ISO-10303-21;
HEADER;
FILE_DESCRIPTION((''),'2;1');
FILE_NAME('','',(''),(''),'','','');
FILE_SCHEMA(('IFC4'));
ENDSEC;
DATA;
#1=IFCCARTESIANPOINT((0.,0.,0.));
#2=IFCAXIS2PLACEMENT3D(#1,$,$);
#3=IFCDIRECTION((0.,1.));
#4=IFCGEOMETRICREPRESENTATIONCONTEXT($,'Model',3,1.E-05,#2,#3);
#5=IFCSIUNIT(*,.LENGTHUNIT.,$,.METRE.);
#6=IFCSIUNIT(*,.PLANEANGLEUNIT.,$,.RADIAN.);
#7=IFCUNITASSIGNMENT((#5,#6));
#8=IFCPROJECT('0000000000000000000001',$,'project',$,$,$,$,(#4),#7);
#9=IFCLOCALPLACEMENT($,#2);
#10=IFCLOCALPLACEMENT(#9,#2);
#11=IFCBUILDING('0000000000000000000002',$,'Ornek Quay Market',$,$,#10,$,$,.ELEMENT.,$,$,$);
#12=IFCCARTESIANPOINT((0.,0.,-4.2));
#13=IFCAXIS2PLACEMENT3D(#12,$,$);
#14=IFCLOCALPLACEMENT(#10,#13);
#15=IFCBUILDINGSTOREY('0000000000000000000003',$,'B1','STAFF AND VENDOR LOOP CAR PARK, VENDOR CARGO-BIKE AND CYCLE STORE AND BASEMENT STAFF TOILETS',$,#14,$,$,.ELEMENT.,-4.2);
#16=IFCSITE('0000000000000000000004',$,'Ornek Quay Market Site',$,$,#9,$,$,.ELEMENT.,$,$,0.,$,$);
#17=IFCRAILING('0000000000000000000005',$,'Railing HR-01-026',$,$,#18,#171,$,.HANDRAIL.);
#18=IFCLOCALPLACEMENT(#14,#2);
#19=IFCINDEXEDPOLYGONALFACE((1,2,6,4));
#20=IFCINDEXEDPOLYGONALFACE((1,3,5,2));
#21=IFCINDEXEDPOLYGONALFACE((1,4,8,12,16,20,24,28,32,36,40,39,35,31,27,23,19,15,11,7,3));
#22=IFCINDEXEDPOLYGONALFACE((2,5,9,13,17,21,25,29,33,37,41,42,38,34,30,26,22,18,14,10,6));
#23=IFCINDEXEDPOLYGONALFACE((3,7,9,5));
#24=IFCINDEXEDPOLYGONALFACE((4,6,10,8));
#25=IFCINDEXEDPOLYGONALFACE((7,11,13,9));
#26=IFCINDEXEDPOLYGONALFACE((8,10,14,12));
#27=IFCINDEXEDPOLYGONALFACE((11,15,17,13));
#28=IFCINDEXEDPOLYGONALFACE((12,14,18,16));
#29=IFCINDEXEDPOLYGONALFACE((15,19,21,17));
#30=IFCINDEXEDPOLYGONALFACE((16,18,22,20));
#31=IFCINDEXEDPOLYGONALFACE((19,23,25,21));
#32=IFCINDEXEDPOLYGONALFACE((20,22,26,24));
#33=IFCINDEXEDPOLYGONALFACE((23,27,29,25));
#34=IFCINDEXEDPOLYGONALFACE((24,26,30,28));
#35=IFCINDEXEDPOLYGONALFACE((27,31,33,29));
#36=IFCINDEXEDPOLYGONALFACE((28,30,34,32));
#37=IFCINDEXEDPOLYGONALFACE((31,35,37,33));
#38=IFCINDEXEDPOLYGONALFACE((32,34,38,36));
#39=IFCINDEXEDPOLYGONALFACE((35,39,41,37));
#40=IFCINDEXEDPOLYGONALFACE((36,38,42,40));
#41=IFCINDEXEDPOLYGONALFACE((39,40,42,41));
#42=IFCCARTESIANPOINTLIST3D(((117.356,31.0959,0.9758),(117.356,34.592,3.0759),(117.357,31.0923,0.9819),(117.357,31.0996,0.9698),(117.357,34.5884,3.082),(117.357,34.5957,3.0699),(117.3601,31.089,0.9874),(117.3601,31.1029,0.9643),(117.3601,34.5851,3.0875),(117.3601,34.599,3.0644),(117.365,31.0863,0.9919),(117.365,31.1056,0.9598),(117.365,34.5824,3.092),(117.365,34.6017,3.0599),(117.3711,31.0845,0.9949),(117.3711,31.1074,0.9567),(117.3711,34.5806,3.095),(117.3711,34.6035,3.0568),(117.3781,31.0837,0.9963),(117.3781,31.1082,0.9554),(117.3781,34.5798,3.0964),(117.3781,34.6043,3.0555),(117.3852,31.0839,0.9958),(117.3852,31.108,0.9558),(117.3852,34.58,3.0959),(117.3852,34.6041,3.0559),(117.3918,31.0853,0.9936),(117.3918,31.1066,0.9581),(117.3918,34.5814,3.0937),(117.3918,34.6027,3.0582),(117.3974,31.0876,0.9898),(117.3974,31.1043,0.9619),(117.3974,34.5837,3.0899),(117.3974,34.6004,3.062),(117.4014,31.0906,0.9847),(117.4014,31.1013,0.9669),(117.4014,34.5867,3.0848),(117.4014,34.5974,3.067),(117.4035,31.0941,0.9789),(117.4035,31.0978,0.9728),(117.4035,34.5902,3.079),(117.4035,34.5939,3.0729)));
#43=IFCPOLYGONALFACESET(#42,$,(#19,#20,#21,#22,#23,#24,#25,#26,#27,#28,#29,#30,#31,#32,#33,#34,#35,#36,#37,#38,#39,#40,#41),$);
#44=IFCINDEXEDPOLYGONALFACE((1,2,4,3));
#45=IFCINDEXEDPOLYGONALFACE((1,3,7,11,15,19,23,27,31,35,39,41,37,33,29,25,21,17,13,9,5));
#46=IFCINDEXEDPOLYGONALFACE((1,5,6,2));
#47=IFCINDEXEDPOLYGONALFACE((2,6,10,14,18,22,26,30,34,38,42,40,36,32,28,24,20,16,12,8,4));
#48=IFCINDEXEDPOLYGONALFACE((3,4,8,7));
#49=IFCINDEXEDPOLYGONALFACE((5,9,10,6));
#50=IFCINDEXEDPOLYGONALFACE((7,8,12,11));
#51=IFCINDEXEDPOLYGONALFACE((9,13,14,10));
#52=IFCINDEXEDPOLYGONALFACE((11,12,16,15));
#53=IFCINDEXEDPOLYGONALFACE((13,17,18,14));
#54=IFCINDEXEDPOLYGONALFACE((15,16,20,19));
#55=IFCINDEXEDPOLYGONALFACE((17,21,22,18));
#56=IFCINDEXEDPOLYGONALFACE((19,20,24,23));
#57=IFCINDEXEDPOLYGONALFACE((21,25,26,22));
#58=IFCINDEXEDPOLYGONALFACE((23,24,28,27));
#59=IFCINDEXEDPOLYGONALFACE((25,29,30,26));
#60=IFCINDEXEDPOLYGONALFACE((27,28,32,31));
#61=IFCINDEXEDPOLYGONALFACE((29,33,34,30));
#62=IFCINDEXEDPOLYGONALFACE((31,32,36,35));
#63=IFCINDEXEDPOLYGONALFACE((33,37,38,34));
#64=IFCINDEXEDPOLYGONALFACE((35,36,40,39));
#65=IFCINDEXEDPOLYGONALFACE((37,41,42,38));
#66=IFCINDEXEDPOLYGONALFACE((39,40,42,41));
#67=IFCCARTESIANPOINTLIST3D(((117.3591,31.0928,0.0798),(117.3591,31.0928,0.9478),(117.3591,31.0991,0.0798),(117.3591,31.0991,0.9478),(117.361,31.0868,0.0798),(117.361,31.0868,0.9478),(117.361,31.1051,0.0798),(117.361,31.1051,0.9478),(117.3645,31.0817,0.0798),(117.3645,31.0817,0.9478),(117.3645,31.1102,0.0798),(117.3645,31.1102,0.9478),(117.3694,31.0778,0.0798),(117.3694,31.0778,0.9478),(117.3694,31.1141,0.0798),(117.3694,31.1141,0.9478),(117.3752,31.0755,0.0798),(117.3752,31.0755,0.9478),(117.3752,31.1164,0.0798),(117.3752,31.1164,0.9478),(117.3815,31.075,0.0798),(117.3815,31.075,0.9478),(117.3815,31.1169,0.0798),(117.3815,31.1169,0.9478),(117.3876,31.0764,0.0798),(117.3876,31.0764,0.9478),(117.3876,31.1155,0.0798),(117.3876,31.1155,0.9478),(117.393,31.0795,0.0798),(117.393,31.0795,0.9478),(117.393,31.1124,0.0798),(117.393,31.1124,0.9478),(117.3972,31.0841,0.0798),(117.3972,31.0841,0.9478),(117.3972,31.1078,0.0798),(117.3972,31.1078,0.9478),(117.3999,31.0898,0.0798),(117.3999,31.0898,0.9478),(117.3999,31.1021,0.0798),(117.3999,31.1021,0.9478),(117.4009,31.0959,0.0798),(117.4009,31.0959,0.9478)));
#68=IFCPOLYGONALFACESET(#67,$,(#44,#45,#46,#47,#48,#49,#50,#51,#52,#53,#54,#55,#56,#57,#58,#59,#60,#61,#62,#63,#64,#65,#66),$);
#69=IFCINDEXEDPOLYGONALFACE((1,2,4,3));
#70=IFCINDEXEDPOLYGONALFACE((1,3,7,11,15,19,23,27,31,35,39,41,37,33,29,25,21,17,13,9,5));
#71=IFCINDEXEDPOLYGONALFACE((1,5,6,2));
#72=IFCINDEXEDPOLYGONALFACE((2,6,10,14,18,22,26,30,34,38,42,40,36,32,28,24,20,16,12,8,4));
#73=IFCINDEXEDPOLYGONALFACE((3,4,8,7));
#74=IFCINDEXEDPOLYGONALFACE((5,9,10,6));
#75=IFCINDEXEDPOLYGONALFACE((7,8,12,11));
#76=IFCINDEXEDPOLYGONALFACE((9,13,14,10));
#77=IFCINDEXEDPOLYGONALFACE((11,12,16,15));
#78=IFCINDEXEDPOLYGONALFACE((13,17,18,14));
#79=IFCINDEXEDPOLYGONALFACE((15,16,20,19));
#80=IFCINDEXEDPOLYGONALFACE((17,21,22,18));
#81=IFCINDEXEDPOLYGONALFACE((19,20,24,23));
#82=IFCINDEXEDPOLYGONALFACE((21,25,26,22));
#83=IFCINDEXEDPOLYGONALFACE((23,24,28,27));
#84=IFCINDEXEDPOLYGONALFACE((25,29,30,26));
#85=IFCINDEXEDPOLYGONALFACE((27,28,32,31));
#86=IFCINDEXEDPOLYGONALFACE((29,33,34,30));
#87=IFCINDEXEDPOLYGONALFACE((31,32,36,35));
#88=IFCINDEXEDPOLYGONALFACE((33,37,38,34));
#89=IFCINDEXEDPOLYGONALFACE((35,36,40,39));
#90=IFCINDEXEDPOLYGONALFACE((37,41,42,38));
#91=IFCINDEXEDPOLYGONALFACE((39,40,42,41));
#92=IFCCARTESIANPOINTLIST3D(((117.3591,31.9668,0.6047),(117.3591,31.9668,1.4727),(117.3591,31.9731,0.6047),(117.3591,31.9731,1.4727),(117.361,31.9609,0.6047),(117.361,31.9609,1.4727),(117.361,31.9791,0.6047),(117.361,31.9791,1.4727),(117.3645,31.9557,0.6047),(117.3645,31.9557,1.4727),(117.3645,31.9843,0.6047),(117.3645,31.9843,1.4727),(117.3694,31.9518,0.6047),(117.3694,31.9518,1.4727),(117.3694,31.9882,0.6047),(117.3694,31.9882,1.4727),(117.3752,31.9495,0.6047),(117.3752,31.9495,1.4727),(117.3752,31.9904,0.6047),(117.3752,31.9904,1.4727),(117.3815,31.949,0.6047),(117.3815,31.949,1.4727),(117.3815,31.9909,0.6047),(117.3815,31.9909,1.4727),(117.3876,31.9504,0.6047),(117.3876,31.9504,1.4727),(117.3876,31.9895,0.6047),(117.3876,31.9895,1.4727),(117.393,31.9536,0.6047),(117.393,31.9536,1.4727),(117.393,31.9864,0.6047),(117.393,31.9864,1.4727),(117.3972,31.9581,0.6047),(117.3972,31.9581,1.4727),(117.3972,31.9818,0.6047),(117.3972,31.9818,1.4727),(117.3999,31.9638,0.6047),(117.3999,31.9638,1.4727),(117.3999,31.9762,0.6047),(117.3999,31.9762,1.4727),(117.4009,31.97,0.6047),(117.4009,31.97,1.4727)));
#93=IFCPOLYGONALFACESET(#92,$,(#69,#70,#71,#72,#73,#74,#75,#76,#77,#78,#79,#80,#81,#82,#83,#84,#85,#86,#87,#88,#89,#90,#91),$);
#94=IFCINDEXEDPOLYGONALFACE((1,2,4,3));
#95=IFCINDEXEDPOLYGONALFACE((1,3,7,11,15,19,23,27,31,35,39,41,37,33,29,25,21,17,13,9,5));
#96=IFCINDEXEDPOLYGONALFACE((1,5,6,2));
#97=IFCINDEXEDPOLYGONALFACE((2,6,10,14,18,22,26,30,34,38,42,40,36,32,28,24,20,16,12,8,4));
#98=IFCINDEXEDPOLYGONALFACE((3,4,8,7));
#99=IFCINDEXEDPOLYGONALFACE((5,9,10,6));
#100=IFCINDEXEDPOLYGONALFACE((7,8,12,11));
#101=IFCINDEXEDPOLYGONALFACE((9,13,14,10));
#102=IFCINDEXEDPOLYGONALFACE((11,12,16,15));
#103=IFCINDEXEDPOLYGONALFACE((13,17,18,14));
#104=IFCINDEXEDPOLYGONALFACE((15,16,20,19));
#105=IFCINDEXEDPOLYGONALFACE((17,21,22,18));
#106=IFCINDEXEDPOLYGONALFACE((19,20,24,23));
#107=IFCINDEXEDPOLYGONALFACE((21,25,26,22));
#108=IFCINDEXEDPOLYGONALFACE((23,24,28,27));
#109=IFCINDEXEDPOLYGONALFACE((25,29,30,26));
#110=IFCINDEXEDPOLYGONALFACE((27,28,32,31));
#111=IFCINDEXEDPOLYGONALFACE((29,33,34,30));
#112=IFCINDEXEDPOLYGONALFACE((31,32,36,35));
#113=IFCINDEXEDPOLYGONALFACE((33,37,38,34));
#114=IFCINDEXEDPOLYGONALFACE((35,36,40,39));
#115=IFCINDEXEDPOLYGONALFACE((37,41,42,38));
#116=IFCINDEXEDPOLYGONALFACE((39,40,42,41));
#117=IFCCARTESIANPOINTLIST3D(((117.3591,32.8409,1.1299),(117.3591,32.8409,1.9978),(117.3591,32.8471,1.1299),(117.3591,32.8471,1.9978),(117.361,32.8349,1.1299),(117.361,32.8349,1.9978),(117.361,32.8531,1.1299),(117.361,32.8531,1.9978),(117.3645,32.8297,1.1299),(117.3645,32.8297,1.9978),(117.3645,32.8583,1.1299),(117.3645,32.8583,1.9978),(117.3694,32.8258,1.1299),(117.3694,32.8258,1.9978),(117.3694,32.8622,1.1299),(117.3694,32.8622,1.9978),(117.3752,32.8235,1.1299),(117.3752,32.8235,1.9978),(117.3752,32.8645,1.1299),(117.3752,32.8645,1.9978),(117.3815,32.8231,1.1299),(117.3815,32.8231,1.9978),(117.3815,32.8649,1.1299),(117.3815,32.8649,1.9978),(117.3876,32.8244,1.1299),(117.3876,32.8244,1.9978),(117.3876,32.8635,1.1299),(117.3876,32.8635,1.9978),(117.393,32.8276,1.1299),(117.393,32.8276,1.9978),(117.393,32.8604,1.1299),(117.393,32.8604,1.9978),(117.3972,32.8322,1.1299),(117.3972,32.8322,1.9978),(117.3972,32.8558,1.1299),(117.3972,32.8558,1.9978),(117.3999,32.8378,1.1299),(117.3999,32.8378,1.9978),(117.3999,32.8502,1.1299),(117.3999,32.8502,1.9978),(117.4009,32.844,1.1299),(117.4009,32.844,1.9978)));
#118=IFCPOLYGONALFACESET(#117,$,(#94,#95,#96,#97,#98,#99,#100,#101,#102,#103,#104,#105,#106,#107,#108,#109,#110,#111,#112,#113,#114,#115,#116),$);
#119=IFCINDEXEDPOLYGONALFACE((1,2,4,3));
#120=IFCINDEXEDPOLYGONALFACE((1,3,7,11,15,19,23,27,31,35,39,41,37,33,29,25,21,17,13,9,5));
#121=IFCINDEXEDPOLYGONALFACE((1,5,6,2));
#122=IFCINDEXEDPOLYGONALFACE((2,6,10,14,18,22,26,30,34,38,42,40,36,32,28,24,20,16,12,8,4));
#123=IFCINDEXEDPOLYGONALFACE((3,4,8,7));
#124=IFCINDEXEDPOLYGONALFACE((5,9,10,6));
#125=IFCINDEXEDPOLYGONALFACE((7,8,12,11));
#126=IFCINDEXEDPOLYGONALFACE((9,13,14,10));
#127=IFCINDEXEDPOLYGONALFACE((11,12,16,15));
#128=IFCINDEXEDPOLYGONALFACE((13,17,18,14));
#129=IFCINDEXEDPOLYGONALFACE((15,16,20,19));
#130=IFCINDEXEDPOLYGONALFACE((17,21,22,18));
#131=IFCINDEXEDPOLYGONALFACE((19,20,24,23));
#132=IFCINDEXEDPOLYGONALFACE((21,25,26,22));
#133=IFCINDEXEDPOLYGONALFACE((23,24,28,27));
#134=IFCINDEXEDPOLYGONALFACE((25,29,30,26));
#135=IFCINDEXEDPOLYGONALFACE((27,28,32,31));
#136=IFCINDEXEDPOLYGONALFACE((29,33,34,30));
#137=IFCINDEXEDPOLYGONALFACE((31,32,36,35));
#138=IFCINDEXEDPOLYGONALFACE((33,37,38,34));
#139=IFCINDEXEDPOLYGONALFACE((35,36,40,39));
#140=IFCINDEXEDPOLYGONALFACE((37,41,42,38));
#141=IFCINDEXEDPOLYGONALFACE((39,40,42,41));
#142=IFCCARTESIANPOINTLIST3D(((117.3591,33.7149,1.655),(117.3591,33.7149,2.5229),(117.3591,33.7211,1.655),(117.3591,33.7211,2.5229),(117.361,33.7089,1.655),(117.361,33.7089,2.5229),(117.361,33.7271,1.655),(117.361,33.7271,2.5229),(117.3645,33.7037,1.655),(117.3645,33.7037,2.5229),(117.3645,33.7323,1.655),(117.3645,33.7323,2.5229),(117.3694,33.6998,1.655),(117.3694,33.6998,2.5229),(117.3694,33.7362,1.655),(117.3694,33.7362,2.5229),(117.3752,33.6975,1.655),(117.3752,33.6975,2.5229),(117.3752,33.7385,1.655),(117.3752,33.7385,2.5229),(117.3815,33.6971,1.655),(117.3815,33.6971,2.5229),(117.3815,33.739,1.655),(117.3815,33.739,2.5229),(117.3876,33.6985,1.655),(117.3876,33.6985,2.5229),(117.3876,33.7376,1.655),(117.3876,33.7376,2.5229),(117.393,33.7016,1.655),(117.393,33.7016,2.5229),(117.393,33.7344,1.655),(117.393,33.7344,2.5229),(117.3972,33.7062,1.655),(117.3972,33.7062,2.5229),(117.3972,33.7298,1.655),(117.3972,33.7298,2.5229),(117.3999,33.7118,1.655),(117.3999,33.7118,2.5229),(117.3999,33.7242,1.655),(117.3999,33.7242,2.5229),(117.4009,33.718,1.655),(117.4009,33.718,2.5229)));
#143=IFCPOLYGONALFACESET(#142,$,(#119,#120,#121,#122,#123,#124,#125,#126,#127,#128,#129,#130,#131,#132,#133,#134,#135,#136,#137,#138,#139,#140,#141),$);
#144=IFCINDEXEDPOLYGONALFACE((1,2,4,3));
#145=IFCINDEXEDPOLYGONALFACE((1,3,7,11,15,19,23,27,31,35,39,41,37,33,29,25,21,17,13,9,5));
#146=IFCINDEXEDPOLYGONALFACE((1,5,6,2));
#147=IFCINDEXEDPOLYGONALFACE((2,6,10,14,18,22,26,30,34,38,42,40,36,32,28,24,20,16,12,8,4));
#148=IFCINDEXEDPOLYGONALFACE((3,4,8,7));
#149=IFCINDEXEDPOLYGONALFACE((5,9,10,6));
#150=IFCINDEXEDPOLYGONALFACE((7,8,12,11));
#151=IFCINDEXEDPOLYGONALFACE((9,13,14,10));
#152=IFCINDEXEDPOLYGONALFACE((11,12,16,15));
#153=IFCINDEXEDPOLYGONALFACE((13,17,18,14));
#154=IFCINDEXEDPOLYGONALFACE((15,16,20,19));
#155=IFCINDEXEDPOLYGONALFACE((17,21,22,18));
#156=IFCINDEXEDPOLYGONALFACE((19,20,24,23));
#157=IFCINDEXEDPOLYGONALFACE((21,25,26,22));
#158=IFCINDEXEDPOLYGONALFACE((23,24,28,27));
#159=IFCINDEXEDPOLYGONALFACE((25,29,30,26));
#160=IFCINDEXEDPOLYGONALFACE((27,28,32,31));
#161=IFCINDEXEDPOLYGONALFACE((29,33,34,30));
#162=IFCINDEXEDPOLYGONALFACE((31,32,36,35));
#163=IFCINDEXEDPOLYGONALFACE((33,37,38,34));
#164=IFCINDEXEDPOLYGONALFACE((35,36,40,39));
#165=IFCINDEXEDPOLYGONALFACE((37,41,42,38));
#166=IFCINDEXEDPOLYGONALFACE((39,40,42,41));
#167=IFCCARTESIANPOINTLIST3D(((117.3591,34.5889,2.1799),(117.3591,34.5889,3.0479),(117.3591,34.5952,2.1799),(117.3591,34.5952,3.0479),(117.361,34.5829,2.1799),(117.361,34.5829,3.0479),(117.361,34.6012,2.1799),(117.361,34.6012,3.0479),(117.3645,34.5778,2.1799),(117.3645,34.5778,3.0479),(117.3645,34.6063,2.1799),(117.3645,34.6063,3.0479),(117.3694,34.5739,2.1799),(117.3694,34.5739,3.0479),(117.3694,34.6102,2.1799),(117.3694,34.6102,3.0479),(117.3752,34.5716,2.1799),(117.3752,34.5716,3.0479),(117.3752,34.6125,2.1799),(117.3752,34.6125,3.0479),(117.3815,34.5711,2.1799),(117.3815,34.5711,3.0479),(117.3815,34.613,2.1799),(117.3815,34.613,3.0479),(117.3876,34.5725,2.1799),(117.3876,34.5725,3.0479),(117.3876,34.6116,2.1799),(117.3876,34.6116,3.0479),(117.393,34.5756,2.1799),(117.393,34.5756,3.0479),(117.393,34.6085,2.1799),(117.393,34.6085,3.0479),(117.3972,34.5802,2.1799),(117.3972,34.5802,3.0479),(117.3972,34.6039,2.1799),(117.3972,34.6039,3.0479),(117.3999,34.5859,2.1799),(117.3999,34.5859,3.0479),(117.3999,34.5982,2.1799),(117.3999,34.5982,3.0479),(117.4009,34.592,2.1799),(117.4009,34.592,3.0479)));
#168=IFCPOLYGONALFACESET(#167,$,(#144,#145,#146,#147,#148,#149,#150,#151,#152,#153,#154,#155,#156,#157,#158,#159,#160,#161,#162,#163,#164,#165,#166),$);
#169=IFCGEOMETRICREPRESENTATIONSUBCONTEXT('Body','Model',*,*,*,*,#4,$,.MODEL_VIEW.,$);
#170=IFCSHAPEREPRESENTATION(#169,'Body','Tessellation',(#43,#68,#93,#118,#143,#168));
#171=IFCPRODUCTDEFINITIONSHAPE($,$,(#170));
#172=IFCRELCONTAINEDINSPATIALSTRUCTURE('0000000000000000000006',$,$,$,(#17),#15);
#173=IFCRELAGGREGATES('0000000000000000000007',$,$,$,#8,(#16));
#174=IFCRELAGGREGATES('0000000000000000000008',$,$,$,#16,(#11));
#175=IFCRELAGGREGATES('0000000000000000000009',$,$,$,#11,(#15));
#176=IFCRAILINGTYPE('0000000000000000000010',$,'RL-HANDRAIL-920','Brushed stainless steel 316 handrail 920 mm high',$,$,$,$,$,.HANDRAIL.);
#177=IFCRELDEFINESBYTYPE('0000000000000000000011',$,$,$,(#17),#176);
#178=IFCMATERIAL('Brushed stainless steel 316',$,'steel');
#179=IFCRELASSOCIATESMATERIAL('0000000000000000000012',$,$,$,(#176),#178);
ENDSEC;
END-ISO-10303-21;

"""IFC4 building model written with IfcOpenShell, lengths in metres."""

from ifc_helpers import new_model, si_unit, direction, frame, origin, origin_2d, place, context, subcontext, project, spatial, circle, extrude, material, type_object, element, save


model = new_model("IFC4")

# Units and contexts
model_context = context("Model", 3, precision=1e-05, world=origin(), true_north=direction((0.0, 1.0)))
body_context = subcontext(model_context, "Body", "Model", "MODEL_VIEW")
ifc_project = project(units=[si_unit("LENGTHUNIT", "METRE"), si_unit("PLANEANGLEUNIT", "RADIAN")], contexts=[model_context])

# Site, building, storey
site_placement = place(None, origin())
site = spatial("IfcSite", under=ifc_project, at=site_placement, Name="Ornek Quay Market Site", CompositionType="ELEMENT", RefElevation=0.0)
building_placement = place(site_placement, origin())
building = spatial("IfcBuilding", under=site, at=building_placement, Name="Ornek Quay Market", CompositionType="ELEMENT")
storey_placement = place(building_placement, frame((0.0, 0.0, -4.2)))
storey = spatial("IfcBuildingStorey", under=building, at=storey_placement, Name="B1", Description="STAFF AND VENDOR LOOP CAR PARK, VENDOR CARGO-BIKE AND CYCLE STORE AND BASEMENT STAFF TOILETS", CompositionType="ELEMENT", Elevation=-4.2)

# Railing
ifc_material_1 = material(Name="Brushed stainless steel 316", Category="steel")
railing_type = type_object("IfcRailingType", Name="RL-HANDRAIL-920", Description="Brushed stainless steel 316 handrail 920 mm high", PredefinedType="HANDRAIL", material=ifc_material_1)
railing_placement = place(storey_placement, frame((117.3799, 31.0959, 0.0798)))
element("IfcRailing", 1, at=railing_placement, inside=storey, type_object=railing_type, Name="Railing HR-01-026", PredefinedType="HANDRAIL", context=body_context, shape_type="SweptSolid", body=[
    extrude(circle(Radius=0.0239, at=origin_2d()), frame((0.0, 0.0, 0.896), z_axis=(0.0, 0.857229, 0.514936), x_axis=(-1.0, 0.0, 0.0)), (0.0, 0.0, 1.0), 4.0784),
    extrude(circle(Radius=0.021, at=origin_2d()), origin(), (0.0, 0.0, 1.0), 0.8679),
    extrude(circle(Radius=0.021, at=origin_2d()), frame((0.0, 0.874, 0.5249)), (0.0, 0.0, 1.0), 0.8679),
    extrude(circle(Radius=0.021, at=origin_2d()), frame((0.0, 1.748, 1.05)), (0.0, 0.0, 1.0), 0.8679),
    extrude(circle(Radius=0.021, at=origin_2d()), frame((0.0, 2.6221, 1.5752)), (0.0, 0.0, 1.0), 0.8679),
    extrude(circle(Radius=0.021, at=origin_2d()), frame((0.0, 3.4961, 2.1001)), (0.0, 0.0, 1.0), 0.8679),
])

save(model, "model.ifc")
